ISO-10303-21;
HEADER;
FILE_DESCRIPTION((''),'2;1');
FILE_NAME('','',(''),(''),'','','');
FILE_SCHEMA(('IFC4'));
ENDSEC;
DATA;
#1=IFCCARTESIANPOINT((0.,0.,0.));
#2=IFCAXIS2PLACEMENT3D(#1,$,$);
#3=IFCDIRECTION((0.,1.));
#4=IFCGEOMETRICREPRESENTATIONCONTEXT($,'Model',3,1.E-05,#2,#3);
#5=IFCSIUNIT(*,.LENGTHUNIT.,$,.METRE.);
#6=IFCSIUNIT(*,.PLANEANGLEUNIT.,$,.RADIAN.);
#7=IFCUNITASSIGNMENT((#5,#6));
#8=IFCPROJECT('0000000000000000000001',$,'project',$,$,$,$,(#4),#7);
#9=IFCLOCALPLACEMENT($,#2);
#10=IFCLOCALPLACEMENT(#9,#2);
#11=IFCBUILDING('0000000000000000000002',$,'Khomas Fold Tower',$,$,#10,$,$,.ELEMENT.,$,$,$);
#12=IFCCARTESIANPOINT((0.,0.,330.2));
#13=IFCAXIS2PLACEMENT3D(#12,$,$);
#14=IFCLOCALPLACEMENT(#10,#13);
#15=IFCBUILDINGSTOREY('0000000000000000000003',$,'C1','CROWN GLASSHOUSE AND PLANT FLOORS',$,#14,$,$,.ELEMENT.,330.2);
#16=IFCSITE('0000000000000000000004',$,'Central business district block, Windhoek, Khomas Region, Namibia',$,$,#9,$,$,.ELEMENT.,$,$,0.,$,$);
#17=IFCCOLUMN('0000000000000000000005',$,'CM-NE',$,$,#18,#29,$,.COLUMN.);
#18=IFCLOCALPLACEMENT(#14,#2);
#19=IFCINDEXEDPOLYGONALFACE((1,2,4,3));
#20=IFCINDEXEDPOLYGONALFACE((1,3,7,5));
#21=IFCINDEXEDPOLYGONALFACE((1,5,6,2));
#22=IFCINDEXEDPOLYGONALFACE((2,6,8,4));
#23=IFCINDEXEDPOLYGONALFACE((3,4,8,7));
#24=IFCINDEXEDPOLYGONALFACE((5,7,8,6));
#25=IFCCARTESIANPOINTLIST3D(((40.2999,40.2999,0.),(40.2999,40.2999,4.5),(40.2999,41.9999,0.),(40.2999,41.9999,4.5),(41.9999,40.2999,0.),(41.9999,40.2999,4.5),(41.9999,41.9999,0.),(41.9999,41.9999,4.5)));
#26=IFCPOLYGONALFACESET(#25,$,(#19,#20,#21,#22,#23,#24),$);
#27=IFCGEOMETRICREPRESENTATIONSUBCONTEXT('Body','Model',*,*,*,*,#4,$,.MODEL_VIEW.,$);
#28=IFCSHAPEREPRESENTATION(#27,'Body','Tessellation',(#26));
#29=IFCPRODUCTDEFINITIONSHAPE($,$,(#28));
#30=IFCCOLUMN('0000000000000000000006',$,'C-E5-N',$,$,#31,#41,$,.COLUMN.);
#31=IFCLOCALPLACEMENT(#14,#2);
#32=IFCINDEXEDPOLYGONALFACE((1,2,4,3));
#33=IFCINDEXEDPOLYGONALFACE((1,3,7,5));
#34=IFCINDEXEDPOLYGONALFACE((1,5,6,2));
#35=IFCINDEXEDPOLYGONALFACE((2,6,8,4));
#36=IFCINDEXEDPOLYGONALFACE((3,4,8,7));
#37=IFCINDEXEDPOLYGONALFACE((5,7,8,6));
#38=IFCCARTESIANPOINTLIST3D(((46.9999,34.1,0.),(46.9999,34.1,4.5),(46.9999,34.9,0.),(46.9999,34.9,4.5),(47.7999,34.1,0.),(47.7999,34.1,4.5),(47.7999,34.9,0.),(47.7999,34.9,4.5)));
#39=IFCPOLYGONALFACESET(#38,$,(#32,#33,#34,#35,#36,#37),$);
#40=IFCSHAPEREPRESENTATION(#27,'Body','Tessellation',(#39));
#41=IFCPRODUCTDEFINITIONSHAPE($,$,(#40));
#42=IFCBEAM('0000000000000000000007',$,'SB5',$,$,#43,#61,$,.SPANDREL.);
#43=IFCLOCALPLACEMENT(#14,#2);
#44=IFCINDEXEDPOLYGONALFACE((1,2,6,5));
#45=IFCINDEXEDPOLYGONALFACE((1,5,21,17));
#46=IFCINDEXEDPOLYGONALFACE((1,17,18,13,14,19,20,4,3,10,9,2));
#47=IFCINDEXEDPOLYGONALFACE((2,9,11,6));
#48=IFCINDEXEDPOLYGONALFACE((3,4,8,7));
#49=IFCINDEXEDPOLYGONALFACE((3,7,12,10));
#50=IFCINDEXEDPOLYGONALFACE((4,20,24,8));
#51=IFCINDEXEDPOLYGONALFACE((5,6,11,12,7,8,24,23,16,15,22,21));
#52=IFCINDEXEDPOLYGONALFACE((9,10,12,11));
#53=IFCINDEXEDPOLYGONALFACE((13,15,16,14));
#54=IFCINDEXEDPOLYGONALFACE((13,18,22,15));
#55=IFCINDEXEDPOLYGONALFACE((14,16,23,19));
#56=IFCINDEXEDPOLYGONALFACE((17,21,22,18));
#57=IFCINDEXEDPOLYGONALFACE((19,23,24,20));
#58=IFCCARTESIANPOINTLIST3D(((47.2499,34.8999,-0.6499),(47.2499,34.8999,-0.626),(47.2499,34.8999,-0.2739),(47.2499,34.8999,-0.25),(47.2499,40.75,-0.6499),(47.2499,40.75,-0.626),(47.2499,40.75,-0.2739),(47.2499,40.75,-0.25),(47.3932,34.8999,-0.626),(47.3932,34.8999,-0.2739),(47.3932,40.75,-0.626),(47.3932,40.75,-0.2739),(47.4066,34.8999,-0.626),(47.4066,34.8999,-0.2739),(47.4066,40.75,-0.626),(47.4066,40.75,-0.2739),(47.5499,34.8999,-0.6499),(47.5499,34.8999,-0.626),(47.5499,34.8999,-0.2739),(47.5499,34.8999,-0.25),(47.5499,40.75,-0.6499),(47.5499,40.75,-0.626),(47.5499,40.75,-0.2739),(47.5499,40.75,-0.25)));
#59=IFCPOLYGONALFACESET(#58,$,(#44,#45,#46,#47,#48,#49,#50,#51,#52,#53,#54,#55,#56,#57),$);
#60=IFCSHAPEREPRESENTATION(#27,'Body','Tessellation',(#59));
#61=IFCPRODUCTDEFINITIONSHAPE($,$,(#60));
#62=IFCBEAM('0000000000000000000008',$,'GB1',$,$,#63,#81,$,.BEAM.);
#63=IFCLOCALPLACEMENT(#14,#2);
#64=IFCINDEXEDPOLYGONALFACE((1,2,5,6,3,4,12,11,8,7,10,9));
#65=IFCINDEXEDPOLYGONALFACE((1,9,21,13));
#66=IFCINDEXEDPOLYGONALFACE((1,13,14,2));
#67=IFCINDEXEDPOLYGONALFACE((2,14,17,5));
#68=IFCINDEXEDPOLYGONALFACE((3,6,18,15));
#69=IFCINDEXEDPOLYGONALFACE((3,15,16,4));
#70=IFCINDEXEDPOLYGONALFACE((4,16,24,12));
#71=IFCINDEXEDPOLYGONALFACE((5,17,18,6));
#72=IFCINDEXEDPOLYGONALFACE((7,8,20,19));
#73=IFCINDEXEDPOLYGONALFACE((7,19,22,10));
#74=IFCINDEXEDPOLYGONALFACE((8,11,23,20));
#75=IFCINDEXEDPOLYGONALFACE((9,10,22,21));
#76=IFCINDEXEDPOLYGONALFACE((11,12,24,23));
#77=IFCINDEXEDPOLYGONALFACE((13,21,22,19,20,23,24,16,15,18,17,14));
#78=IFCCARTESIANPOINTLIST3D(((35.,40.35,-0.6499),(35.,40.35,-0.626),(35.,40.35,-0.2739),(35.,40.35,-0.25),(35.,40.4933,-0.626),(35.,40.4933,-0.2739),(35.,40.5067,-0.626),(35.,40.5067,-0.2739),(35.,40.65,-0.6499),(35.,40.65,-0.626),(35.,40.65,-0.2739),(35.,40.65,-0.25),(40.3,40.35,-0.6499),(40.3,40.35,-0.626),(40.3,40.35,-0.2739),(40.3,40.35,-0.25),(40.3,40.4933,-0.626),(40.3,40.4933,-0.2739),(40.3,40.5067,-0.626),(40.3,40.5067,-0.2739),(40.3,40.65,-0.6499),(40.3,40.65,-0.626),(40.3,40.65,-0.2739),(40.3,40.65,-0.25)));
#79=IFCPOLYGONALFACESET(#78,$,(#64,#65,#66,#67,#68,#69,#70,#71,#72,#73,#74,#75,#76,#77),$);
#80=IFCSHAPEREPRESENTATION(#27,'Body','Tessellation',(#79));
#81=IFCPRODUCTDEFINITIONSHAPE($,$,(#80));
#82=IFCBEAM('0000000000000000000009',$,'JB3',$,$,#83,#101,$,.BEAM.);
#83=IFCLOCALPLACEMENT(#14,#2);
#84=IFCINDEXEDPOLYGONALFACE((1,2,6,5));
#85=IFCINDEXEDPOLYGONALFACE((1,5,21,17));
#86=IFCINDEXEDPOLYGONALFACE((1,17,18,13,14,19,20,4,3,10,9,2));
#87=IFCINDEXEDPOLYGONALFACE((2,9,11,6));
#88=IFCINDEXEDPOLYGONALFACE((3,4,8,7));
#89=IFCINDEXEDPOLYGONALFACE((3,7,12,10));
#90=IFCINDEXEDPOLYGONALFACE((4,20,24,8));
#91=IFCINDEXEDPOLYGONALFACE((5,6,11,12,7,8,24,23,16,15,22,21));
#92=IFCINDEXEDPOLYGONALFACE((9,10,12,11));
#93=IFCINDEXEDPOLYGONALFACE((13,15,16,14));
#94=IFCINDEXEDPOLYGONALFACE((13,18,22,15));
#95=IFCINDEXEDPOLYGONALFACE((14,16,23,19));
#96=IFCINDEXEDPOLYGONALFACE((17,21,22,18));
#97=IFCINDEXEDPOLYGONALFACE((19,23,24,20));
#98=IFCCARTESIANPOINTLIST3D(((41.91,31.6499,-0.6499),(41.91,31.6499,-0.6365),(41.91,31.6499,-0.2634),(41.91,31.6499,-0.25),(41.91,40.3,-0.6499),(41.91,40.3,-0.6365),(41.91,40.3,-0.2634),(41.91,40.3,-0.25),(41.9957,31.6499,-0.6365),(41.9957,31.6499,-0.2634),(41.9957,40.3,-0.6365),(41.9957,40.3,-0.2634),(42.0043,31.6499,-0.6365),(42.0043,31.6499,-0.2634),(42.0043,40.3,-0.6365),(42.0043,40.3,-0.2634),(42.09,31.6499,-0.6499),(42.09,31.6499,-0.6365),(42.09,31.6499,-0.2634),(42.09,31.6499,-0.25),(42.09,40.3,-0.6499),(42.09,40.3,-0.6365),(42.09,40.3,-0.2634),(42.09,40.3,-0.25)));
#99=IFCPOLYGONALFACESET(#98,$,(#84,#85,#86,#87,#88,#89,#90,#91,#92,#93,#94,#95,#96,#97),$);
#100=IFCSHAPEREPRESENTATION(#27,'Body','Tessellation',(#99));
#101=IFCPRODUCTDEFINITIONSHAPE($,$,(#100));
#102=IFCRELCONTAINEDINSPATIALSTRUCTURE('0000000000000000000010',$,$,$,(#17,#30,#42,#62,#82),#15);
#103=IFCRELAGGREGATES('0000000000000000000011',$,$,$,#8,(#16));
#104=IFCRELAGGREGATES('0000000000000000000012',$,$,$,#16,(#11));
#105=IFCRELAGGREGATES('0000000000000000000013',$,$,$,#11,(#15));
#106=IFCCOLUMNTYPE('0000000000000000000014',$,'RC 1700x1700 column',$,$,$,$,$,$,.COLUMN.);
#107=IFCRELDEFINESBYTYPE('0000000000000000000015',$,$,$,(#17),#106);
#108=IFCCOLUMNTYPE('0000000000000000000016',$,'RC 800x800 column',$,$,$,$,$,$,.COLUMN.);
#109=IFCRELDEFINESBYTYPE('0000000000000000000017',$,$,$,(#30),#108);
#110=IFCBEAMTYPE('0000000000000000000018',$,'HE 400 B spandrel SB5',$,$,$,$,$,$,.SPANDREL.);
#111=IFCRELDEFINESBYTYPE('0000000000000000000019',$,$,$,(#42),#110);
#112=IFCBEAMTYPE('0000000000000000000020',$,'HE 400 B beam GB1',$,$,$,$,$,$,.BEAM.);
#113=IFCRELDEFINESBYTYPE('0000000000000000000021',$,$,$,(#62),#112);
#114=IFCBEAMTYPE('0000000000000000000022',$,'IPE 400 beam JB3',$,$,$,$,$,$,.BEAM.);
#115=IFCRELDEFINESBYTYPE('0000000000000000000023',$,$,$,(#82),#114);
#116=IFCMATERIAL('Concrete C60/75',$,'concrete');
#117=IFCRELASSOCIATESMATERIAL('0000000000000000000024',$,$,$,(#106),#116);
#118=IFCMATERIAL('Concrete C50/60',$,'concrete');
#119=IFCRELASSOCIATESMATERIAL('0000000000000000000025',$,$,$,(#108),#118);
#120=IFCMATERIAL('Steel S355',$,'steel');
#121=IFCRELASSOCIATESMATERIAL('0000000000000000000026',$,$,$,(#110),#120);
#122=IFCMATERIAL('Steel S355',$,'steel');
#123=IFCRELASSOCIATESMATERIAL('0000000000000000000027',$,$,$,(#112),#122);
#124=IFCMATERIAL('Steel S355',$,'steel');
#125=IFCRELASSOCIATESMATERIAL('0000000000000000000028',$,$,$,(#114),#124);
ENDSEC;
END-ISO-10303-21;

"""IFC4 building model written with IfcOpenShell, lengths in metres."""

from ifc_helpers import new_model, si_unit, direction, frame, origin, origin_2d, place, context, subcontext, project, spatial, rectangle, i_section, extrude, source, transform, mapped, material, material_profile, profile_set, type_object, element, save


model = new_model("IFC4")

# Units and contexts
model_context = context("Model", 3, precision=1e-05, world=origin(), true_north=direction((0.0, 1.0)))
body_context = subcontext(model_context, "Body", "Model", "MODEL_VIEW")
ifc_project = project(units=[si_unit("LENGTHUNIT", "METRE"), si_unit("PLANEANGLEUNIT", "RADIAN")], contexts=[model_context])

# Site, building, storey
site_placement = place(None, origin())
site = spatial("IfcSite", under=ifc_project, at=site_placement, Name="Central business district block, Windhoek, Khomas Region, Namibia", CompositionType="ELEMENT", RefElevation=0.0)
building_placement = place(site_placement, origin())
building = spatial("IfcBuilding", under=site, at=building_placement, Name="Khomas Fold Tower", CompositionType="ELEMENT")
storey_placement = place(building_placement, frame((0.0, 0.0, 330.2)))
storey = spatial("IfcBuildingStorey", under=building, at=storey_placement, Name="C1", Description="CROWN GLASSHOUSE AND PLANT FLOORS", CompositionType="ELEMENT", Elevation=330.2)

# Columns
ifc_material_1 = material(Name="Concrete C60/75", Category="concrete")
ifc_material_profile_1 = material_profile(ifc_material_1, rectangle(XDim=1.7, YDim=1.7, at=origin_2d()), Name="RC 1700x1700")
ifc_profile_set_1 = profile_set([ifc_material_profile_1], Name="Concrete C60/75")
column_type_1 = type_object("IfcColumnType", Name="RC 1700x1700 column", PredefinedType="COLUMN", material=ifc_profile_set_1)
shared_shape_1 = source(origin(), body_context, "Body", "SweptSolid", [
    extrude(rectangle(XDim=1.7, YDim=1.7, at=origin_2d()), origin(), (0.0, 0.0, 1.0), 4.5),
])
column_1_placement = place(storey_placement, frame((41.1499, 41.1499, 0.0), z_axis=(0.0, 0.0, 1.0), x_axis=(1.0, 0.0, 0.0)))
element("IfcColumn", 1, at=column_1_placement, inside=storey, type_object=column_type_1, Name="CM-NE", PredefinedType="COLUMN", context=body_context, shape_type="MappedRepresentation", body=[
    mapped(shared_shape_1, transform((0.0, 0.0, 0.0))),
])
ifc_material_2 = material(Name="Concrete C50/60", Category="concrete")
ifc_material_profile_2 = material_profile(ifc_material_2, rectangle(XDim=0.8, YDim=0.8, at=origin_2d()), Name="RC 800x800")
ifc_profile_set_2 = profile_set([ifc_material_profile_2], Name="Concrete C50/60")
column_type_2 = type_object("IfcColumnType", Name="RC 800x800 column", PredefinedType="COLUMN", material=ifc_profile_set_2)
shared_shape_2 = source(origin(), body_context, "Body", "SweptSolid", [
    extrude(rectangle(XDim=0.8, YDim=0.8, at=origin_2d()), origin(), (0.0, 0.0, 1.0), 4.5),
])
column_2_placement = place(storey_placement, frame((47.3999, 34.5, 0.0), z_axis=(0.0, 0.0, 1.0), x_axis=(1.0, 0.0, 0.0)))
element("IfcColumn", 2, at=column_2_placement, inside=storey, type_object=column_type_2, Name="C-E5-N", PredefinedType="COLUMN", context=body_context, shape_type="MappedRepresentation", body=[
    mapped(shared_shape_2, transform((0.0, 0.0, 0.0))),
])

# Beams
ifc_material_3 = material(Name="Steel S355", Category="steel")
ifc_material_profile_3 = material_profile(ifc_material_3, i_section(OverallWidth=0.3, OverallDepth=0.3999, WebThickness=0.0134, FlangeThickness=0.0239, at=origin_2d()), Name="HE 400 B")
ifc_profile_set_3 = profile_set([ifc_material_profile_3], Name="Steel S355")
beam_type_1 = type_object("IfcBeamType", Name="HE 400 B spandrel SB5", PredefinedType="SPANDREL", material=ifc_profile_set_3)
shared_shape_3 = source(origin(), body_context, "Body", "SweptSolid", [
    extrude(i_section(OverallWidth=0.3, OverallDepth=0.3999, WebThickness=0.0134, FlangeThickness=0.0239, at=origin_2d()), origin(), (0.0, 0.0, 1.0), 5.8501),
])
beam_1_placement = place(storey_placement, frame((47.3999, 34.8999, -0.45), z_axis=(0.0, 1.0, 0.0), x_axis=(-1.0, 0.0, 0.0)))
element("IfcBeam", 3, at=beam_1_placement, inside=storey, type_object=beam_type_1, Name="SB5", PredefinedType="SPANDREL", context=body_context, shape_type="MappedRepresentation", body=[
    mapped(shared_shape_3, transform((0.0, 0.0, 0.0))),
])
ifc_material_4 = material(Name="Steel S355", Category="steel")
ifc_material_profile_4 = material_profile(ifc_material_4, i_section(OverallWidth=0.3, OverallDepth=0.3999, WebThickness=0.0134, FlangeThickness=0.0239, at=origin_2d()), Name="HE 400 B")
ifc_profile_set_4 = profile_set([ifc_material_profile_4], Name="Steel S355")
beam_type_2 = type_object("IfcBeamType", Name="HE 400 B beam GB1", PredefinedType="BEAM", material=ifc_profile_set_4)
shared_shape_4 = source(origin(), body_context, "Body", "SweptSolid", [
    extrude(i_section(OverallWidth=0.3, OverallDepth=0.3999, WebThickness=0.0134, FlangeThickness=0.0239, at=origin_2d()), origin(), (0.0, 0.0, 1.0), 5.3),
])
beam_2_placement = place(storey_placement, frame((35.0, 40.5, -0.45), z_axis=(1.0, 0.0, 0.0), x_axis=(0.0, 1.0, 0.0)))
element("IfcBeam", 4, at=beam_2_placement, inside=storey, type_object=beam_type_2, Name="GB1", PredefinedType="BEAM", context=body_context, shape_type="MappedRepresentation", body=[
    mapped(shared_shape_4, transform((0.0, 0.0, 0.0))),
])
ifc_material_5 = material(Name="Steel S355", Category="steel")
ifc_material_profile_5 = material_profile(ifc_material_5, i_section(OverallWidth=0.1799, OverallDepth=0.3999, WebThickness=0.0085, FlangeThickness=0.0134, at=origin_2d()), Name="IPE 400")
ifc_profile_set_5 = profile_set([ifc_material_profile_5], Name="Steel S355")
beam_type_3 = type_object("IfcBeamType", Name="IPE 400 beam JB3", PredefinedType="BEAM", material=ifc_profile_set_5)
shared_shape_5 = source(origin(), body_context, "Body", "SweptSolid", [
    extrude(i_section(OverallWidth=0.1799, OverallDepth=0.3999, WebThickness=0.0085, FlangeThickness=0.0134, at=origin_2d()), origin(), (0.0, 0.0, 1.0), 8.6501),
])
beam_3_placement = place(storey_placement, frame((42.0, 31.6499, -0.45), z_axis=(0.0, 1.0, 0.0), x_axis=(-1.0, 0.0, 0.0)))
element("IfcBeam", 5, at=beam_3_placement, inside=storey, type_object=beam_type_3, Name="JB3", PredefinedType="BEAM", context=body_context, shape_type="MappedRepresentation", body=[
    mapped(shared_shape_5, transform((0.0, 0.0, 0.0))),
])

save(model, "model.ifc")
